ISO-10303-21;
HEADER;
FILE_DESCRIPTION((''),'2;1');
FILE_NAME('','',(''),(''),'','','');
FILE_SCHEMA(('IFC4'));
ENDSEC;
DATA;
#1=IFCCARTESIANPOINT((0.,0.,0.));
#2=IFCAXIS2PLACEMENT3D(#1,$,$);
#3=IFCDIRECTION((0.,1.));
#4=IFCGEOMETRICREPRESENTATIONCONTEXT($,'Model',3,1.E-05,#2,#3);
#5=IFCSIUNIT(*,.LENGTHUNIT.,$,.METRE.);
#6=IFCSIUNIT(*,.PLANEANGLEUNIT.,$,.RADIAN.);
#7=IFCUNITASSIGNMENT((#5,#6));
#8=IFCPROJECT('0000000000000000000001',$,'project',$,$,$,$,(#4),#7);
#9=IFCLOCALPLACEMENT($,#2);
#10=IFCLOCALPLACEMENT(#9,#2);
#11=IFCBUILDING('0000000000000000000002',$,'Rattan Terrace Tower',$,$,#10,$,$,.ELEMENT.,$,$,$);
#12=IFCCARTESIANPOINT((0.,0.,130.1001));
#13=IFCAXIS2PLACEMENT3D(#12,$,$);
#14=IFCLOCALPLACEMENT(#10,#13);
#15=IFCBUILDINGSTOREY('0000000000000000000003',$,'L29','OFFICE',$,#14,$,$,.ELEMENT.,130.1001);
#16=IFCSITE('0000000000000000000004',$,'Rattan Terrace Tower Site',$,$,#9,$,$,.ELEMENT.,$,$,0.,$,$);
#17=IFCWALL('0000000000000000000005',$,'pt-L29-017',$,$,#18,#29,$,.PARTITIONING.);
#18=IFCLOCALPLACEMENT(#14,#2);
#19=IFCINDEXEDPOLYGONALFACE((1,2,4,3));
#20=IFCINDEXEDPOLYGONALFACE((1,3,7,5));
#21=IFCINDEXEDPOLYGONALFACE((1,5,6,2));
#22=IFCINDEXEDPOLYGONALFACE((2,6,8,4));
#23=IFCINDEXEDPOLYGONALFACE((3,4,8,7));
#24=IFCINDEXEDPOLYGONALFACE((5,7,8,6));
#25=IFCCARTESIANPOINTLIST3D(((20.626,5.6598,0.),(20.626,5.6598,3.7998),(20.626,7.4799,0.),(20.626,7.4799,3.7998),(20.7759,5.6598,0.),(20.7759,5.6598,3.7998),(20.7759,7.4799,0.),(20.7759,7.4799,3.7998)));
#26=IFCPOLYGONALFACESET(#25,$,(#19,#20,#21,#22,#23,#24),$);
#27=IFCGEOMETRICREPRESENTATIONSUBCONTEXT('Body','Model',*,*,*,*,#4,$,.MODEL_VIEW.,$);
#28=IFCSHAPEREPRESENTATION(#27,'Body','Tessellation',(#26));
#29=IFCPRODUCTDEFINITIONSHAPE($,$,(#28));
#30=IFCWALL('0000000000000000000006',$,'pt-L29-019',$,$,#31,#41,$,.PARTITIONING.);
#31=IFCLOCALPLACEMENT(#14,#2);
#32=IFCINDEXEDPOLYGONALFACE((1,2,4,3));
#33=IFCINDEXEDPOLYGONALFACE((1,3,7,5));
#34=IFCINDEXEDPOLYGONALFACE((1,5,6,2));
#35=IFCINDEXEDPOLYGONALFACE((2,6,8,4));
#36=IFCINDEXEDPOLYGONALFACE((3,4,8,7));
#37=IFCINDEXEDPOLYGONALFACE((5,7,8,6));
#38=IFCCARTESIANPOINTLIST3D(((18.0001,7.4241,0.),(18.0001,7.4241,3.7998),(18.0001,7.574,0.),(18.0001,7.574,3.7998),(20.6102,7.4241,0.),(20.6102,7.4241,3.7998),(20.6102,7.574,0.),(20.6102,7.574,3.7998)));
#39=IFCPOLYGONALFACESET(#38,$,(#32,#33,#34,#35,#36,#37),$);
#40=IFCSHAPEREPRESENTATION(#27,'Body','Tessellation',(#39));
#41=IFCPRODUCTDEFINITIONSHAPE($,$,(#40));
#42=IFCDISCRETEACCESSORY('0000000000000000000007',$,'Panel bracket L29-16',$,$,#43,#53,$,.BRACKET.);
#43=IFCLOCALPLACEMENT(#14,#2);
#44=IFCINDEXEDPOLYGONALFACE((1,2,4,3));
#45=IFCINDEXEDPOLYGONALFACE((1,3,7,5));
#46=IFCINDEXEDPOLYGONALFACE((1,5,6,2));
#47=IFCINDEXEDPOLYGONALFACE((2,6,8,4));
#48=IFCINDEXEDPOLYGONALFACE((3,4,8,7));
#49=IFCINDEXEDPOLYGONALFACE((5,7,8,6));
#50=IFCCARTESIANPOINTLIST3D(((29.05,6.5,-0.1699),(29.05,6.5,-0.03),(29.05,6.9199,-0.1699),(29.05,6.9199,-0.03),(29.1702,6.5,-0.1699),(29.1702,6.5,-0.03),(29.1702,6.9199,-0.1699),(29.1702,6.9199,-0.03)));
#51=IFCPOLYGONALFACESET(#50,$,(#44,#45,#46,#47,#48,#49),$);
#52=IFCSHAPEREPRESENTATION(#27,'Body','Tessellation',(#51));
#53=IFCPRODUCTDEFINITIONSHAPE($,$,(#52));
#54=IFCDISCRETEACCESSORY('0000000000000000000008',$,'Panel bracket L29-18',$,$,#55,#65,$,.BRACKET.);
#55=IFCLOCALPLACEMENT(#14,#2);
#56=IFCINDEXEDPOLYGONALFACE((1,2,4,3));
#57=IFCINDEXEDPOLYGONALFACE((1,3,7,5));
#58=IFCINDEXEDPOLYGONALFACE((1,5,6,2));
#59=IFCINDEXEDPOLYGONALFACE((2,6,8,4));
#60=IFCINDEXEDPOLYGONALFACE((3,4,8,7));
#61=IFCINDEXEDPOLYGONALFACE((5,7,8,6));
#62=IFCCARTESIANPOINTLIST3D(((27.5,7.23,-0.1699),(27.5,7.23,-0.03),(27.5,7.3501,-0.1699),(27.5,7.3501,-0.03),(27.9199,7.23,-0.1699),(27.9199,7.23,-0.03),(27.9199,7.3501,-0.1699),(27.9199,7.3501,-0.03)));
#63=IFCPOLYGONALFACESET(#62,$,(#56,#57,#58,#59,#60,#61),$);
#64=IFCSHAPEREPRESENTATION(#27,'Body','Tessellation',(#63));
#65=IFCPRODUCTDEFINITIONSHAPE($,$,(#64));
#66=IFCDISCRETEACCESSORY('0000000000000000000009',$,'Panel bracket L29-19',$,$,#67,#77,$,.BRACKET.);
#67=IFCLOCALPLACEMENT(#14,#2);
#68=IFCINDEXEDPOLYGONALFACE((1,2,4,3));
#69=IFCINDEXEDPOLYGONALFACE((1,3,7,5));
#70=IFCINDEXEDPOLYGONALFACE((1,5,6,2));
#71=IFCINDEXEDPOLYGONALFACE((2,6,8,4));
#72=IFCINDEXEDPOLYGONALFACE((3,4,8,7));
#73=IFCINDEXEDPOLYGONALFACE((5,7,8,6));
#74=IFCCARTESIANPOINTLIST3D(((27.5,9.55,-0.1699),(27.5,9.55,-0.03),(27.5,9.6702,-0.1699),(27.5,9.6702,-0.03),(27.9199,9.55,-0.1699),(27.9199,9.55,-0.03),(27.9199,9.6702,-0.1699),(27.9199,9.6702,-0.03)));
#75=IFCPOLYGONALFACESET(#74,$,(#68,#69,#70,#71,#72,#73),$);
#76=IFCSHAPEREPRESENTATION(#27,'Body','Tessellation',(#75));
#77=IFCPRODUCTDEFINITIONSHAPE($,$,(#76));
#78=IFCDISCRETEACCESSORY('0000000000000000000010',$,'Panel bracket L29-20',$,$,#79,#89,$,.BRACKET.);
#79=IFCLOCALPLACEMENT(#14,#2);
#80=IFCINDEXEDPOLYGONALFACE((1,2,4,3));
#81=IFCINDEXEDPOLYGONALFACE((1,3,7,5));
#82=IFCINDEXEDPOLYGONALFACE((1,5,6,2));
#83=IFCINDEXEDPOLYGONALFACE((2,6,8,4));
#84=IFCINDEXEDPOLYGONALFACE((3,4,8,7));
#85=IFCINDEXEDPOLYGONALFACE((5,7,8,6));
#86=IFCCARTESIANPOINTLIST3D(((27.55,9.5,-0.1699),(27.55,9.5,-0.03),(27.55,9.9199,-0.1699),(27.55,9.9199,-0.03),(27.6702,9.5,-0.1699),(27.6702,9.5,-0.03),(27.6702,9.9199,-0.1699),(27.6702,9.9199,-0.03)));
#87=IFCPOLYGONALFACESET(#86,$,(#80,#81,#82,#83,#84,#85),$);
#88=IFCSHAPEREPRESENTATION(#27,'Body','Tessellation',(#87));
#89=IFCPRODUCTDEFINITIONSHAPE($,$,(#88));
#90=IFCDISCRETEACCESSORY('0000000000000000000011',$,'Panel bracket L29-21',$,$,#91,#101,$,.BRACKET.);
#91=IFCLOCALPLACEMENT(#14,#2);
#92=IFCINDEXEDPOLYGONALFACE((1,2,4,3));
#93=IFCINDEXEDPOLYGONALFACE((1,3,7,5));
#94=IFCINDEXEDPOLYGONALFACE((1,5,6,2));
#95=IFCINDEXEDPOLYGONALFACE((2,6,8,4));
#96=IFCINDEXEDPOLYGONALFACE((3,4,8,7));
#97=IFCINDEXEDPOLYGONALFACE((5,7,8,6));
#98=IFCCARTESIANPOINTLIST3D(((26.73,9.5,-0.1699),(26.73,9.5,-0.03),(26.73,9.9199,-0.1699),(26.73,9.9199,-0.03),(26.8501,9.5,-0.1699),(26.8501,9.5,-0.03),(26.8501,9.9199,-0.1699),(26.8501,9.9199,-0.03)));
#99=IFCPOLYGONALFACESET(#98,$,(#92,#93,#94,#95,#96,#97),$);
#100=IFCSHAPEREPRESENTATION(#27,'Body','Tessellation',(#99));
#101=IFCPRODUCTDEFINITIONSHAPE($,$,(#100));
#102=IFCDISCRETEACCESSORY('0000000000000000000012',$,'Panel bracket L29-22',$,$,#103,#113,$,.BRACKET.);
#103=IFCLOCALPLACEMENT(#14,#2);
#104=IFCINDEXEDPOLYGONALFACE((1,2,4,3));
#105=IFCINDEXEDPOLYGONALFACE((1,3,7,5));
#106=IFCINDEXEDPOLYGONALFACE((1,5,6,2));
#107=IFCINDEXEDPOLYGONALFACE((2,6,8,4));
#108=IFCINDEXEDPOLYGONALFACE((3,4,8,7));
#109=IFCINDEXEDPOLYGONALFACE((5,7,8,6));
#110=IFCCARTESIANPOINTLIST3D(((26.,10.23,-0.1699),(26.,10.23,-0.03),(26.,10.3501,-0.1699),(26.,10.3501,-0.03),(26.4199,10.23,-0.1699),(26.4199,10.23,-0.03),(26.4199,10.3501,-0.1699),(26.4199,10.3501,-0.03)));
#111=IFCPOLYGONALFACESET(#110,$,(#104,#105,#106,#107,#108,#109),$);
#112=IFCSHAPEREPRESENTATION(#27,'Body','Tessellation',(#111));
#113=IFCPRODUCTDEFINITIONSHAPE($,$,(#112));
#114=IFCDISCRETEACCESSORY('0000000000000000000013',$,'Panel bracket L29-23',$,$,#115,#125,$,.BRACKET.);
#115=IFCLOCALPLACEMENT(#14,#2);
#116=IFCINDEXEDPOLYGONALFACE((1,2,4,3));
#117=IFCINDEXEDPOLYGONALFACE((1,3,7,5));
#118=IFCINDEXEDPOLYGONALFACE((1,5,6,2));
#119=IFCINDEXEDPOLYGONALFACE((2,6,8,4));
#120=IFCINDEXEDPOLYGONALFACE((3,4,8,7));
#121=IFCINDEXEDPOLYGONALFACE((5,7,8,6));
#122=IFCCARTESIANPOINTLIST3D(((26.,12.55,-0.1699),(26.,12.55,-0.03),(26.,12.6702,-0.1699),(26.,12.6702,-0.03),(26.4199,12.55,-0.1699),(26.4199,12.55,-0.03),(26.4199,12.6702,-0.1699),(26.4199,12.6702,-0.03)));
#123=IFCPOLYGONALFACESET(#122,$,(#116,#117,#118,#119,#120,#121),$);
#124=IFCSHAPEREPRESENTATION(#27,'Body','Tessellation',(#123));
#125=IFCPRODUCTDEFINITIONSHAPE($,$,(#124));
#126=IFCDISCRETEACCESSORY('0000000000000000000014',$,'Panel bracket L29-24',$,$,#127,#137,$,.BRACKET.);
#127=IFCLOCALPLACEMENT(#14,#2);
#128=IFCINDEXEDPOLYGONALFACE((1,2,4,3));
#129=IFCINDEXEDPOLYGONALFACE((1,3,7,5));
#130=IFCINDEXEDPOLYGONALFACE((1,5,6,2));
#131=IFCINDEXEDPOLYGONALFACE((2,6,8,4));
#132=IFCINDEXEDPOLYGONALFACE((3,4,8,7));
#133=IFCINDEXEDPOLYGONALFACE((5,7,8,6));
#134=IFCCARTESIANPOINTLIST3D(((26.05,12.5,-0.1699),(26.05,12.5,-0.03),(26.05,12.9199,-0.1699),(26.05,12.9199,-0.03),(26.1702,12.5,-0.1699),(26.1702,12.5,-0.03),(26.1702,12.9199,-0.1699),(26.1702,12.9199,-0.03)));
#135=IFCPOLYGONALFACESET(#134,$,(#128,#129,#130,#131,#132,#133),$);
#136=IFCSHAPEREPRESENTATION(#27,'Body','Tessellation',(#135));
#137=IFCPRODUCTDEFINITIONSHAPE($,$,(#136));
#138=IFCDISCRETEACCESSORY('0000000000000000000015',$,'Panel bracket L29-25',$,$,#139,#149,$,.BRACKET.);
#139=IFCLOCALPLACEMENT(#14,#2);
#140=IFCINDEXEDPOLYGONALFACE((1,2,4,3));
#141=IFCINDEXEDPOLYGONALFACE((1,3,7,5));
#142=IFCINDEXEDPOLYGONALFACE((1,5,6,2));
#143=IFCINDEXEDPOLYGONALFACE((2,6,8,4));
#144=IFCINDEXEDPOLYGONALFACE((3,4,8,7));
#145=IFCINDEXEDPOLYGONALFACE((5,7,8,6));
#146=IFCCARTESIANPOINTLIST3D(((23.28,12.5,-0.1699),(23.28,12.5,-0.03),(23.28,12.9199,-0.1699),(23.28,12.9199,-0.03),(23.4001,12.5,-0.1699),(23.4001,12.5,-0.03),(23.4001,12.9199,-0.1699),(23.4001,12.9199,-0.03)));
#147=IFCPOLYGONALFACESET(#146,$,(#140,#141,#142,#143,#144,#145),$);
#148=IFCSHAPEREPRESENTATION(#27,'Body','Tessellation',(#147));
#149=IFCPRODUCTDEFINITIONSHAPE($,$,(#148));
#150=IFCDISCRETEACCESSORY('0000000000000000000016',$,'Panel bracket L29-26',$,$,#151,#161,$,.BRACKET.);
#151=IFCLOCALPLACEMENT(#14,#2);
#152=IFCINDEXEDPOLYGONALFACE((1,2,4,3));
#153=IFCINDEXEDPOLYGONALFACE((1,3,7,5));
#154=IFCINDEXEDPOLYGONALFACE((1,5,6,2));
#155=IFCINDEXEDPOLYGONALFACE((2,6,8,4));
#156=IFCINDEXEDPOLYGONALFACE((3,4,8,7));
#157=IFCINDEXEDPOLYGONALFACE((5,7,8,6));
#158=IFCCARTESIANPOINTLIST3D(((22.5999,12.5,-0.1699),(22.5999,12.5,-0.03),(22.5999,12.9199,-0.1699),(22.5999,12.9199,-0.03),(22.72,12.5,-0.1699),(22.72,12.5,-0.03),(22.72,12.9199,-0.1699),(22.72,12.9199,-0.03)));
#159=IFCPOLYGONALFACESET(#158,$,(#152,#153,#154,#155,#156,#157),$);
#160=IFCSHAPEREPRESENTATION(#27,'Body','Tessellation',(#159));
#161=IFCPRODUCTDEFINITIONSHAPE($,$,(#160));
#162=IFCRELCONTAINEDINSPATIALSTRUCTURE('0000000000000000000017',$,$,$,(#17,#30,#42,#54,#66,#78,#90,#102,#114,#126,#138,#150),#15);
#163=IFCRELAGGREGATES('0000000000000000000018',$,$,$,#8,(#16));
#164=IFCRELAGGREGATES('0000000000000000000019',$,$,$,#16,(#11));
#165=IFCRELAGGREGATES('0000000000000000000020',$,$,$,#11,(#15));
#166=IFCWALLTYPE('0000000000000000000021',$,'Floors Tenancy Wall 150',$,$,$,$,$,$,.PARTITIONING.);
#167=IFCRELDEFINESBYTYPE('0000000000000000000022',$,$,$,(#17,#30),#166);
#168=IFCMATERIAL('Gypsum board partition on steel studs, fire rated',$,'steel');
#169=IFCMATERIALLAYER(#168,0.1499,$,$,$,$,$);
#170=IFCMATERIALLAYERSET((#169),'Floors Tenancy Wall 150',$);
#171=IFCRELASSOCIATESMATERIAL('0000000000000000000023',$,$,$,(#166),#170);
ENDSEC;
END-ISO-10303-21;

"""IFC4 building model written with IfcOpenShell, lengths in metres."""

from ifc_helpers import new_model, si_unit, direction, frame, frame_2d, origin, origin_2d, place, context, subcontext, project, spatial, rectangle, extrude, material, layer, layer_set, type_object, element, save


model = new_model("IFC4")

# Units and contexts
model_context = context("Model", 3, precision=1e-05, world=origin(), true_north=direction((0.0, 1.0)))
body_context = subcontext(model_context, "Body", "Model", "MODEL_VIEW")
ifc_project = project(units=[si_unit("LENGTHUNIT", "METRE"), si_unit("PLANEANGLEUNIT", "RADIAN")], contexts=[model_context])

# Site, building, storey
site_placement = place(None, origin())
site = spatial("IfcSite", under=ifc_project, at=site_placement, Name="Rattan Terrace Tower Site", CompositionType="ELEMENT", RefElevation=0.0)
building_placement = place(site_placement, origin())
building = spatial("IfcBuilding", under=site, at=building_placement, Name="Rattan Terrace Tower", CompositionType="ELEMENT")
storey_placement = place(building_placement, frame((0.0, 0.0, 130.1001)))
storey = spatial("IfcBuildingStorey", under=building, at=storey_placement, Name="L29", Description="OFFICE", CompositionType="ELEMENT", Elevation=130.1001)

# Walls
ifc_material_1 = material(Name="Gypsum board partition on steel studs, fire rated", Category="steel")
ifc_layer_1 = layer(ifc_material_1, 0.1499)
ifc_layer_set_1 = layer_set([ifc_layer_1], Name="Floors Tenancy Wall 150")
wall_type_1 = type_object("IfcWallType", Name="Floors Tenancy Wall 150", PredefinedType="PARTITIONING", material=ifc_layer_set_1)
wall_1_placement = place(storey_placement, frame((20.7009, 7.48, 0.0), z_axis=(0.0, 0.0, 1.0), x_axis=(0.0, -1.0, 0.0)))
element("IfcWall", 1, at=wall_1_placement, inside=storey, type_object=wall_type_1, Name="pt-L29-017", PredefinedType="PARTITIONING", context=body_context, shape_type="SweptSolid", body=[
    extrude(rectangle(XDim=1.8201, YDim=0.1499, at=frame_2d((0.9102, 0.0))), origin(), (0.0, 0.0, 1.0), 3.7998),
])
wall_2_placement = place(storey_placement, frame((18.0, 7.499, 0.0), z_axis=(0.0, 0.0, 1.0), x_axis=(1.0, 0.0, 0.0)))
element("IfcWall", 2, at=wall_2_placement, inside=storey, type_object=wall_type_1, Name="pt-L29-019", PredefinedType="PARTITIONING", context=body_context, shape_type="SweptSolid", body=[
    extrude(rectangle(XDim=2.6101, YDim=0.1499, at=frame_2d((1.3052, 0.0))), origin(), (0.0, 0.0, 1.0), 3.7998),
])

# Discrete accessories
for number, where, z_axis, x_axis, name in (
    (3, (29.1101, 6.71, -0.1699), (0.0, 0.0, 1.0), (-1.0, 0.0, 0.0), "Panel bracket L29-16"),
    (4, (27.71, 7.29, -0.1699), (0.0, 0.0, 1.0), (0.0, 1.0, 0.0), "Panel bracket L29-18"),
    (5, (27.71, 9.6101, -0.1699), (0.0, 0.0, 1.0), (0.0, 1.0, 0.0), "Panel bracket L29-19"),
    (6, (27.6101, 9.71, -0.1699), (0.0, 0.0, 1.0), (-1.0, 0.0, 0.0), "Panel bracket L29-20"),
    (7, (26.79, 9.71, -0.1699), (0.0, 0.0, 1.0), (-1.0, 0.0, 0.0), "Panel bracket L29-21"),
    (8, (26.21, 10.29, -0.1699), (0.0, 0.0, 1.0), (0.0, 1.0, 0.0), "Panel bracket L29-22"),
    (9, (26.21, 12.6101, -0.1699), (0.0, 0.0, 1.0), (0.0, 1.0, 0.0), "Panel bracket L29-23"),
    (10, (26.1101, 12.71, -0.1699), (0.0, 0.0, 1.0), (-1.0, 0.0, 0.0), "Panel bracket L29-24"),
    (11, (23.3401, 12.71, -0.1699), (0.0, 0.0, 1.0), (-1.0, 0.0, 0.0), "Panel bracket L29-25"),
    (12, (22.6599, 12.71, -0.1699), (0.0, 0.0, 1.0), (-1.0, 0.0, 0.0), "Panel bracket L29-26"),
):
    element("IfcDiscreteAccessory", number, at=place(storey_placement, frame(where, z_axis=z_axis, x_axis=x_axis)), inside=storey, Name=name, PredefinedType="BRACKET", context=body_context, shape_type="SweptSolid", body=[
        extrude(rectangle(XDim=0.1201, YDim=0.4199, at=origin_2d()), origin(), (0.0, 0.0, 1.0), 0.1399),
    ])

save(model, "model.ifc")
